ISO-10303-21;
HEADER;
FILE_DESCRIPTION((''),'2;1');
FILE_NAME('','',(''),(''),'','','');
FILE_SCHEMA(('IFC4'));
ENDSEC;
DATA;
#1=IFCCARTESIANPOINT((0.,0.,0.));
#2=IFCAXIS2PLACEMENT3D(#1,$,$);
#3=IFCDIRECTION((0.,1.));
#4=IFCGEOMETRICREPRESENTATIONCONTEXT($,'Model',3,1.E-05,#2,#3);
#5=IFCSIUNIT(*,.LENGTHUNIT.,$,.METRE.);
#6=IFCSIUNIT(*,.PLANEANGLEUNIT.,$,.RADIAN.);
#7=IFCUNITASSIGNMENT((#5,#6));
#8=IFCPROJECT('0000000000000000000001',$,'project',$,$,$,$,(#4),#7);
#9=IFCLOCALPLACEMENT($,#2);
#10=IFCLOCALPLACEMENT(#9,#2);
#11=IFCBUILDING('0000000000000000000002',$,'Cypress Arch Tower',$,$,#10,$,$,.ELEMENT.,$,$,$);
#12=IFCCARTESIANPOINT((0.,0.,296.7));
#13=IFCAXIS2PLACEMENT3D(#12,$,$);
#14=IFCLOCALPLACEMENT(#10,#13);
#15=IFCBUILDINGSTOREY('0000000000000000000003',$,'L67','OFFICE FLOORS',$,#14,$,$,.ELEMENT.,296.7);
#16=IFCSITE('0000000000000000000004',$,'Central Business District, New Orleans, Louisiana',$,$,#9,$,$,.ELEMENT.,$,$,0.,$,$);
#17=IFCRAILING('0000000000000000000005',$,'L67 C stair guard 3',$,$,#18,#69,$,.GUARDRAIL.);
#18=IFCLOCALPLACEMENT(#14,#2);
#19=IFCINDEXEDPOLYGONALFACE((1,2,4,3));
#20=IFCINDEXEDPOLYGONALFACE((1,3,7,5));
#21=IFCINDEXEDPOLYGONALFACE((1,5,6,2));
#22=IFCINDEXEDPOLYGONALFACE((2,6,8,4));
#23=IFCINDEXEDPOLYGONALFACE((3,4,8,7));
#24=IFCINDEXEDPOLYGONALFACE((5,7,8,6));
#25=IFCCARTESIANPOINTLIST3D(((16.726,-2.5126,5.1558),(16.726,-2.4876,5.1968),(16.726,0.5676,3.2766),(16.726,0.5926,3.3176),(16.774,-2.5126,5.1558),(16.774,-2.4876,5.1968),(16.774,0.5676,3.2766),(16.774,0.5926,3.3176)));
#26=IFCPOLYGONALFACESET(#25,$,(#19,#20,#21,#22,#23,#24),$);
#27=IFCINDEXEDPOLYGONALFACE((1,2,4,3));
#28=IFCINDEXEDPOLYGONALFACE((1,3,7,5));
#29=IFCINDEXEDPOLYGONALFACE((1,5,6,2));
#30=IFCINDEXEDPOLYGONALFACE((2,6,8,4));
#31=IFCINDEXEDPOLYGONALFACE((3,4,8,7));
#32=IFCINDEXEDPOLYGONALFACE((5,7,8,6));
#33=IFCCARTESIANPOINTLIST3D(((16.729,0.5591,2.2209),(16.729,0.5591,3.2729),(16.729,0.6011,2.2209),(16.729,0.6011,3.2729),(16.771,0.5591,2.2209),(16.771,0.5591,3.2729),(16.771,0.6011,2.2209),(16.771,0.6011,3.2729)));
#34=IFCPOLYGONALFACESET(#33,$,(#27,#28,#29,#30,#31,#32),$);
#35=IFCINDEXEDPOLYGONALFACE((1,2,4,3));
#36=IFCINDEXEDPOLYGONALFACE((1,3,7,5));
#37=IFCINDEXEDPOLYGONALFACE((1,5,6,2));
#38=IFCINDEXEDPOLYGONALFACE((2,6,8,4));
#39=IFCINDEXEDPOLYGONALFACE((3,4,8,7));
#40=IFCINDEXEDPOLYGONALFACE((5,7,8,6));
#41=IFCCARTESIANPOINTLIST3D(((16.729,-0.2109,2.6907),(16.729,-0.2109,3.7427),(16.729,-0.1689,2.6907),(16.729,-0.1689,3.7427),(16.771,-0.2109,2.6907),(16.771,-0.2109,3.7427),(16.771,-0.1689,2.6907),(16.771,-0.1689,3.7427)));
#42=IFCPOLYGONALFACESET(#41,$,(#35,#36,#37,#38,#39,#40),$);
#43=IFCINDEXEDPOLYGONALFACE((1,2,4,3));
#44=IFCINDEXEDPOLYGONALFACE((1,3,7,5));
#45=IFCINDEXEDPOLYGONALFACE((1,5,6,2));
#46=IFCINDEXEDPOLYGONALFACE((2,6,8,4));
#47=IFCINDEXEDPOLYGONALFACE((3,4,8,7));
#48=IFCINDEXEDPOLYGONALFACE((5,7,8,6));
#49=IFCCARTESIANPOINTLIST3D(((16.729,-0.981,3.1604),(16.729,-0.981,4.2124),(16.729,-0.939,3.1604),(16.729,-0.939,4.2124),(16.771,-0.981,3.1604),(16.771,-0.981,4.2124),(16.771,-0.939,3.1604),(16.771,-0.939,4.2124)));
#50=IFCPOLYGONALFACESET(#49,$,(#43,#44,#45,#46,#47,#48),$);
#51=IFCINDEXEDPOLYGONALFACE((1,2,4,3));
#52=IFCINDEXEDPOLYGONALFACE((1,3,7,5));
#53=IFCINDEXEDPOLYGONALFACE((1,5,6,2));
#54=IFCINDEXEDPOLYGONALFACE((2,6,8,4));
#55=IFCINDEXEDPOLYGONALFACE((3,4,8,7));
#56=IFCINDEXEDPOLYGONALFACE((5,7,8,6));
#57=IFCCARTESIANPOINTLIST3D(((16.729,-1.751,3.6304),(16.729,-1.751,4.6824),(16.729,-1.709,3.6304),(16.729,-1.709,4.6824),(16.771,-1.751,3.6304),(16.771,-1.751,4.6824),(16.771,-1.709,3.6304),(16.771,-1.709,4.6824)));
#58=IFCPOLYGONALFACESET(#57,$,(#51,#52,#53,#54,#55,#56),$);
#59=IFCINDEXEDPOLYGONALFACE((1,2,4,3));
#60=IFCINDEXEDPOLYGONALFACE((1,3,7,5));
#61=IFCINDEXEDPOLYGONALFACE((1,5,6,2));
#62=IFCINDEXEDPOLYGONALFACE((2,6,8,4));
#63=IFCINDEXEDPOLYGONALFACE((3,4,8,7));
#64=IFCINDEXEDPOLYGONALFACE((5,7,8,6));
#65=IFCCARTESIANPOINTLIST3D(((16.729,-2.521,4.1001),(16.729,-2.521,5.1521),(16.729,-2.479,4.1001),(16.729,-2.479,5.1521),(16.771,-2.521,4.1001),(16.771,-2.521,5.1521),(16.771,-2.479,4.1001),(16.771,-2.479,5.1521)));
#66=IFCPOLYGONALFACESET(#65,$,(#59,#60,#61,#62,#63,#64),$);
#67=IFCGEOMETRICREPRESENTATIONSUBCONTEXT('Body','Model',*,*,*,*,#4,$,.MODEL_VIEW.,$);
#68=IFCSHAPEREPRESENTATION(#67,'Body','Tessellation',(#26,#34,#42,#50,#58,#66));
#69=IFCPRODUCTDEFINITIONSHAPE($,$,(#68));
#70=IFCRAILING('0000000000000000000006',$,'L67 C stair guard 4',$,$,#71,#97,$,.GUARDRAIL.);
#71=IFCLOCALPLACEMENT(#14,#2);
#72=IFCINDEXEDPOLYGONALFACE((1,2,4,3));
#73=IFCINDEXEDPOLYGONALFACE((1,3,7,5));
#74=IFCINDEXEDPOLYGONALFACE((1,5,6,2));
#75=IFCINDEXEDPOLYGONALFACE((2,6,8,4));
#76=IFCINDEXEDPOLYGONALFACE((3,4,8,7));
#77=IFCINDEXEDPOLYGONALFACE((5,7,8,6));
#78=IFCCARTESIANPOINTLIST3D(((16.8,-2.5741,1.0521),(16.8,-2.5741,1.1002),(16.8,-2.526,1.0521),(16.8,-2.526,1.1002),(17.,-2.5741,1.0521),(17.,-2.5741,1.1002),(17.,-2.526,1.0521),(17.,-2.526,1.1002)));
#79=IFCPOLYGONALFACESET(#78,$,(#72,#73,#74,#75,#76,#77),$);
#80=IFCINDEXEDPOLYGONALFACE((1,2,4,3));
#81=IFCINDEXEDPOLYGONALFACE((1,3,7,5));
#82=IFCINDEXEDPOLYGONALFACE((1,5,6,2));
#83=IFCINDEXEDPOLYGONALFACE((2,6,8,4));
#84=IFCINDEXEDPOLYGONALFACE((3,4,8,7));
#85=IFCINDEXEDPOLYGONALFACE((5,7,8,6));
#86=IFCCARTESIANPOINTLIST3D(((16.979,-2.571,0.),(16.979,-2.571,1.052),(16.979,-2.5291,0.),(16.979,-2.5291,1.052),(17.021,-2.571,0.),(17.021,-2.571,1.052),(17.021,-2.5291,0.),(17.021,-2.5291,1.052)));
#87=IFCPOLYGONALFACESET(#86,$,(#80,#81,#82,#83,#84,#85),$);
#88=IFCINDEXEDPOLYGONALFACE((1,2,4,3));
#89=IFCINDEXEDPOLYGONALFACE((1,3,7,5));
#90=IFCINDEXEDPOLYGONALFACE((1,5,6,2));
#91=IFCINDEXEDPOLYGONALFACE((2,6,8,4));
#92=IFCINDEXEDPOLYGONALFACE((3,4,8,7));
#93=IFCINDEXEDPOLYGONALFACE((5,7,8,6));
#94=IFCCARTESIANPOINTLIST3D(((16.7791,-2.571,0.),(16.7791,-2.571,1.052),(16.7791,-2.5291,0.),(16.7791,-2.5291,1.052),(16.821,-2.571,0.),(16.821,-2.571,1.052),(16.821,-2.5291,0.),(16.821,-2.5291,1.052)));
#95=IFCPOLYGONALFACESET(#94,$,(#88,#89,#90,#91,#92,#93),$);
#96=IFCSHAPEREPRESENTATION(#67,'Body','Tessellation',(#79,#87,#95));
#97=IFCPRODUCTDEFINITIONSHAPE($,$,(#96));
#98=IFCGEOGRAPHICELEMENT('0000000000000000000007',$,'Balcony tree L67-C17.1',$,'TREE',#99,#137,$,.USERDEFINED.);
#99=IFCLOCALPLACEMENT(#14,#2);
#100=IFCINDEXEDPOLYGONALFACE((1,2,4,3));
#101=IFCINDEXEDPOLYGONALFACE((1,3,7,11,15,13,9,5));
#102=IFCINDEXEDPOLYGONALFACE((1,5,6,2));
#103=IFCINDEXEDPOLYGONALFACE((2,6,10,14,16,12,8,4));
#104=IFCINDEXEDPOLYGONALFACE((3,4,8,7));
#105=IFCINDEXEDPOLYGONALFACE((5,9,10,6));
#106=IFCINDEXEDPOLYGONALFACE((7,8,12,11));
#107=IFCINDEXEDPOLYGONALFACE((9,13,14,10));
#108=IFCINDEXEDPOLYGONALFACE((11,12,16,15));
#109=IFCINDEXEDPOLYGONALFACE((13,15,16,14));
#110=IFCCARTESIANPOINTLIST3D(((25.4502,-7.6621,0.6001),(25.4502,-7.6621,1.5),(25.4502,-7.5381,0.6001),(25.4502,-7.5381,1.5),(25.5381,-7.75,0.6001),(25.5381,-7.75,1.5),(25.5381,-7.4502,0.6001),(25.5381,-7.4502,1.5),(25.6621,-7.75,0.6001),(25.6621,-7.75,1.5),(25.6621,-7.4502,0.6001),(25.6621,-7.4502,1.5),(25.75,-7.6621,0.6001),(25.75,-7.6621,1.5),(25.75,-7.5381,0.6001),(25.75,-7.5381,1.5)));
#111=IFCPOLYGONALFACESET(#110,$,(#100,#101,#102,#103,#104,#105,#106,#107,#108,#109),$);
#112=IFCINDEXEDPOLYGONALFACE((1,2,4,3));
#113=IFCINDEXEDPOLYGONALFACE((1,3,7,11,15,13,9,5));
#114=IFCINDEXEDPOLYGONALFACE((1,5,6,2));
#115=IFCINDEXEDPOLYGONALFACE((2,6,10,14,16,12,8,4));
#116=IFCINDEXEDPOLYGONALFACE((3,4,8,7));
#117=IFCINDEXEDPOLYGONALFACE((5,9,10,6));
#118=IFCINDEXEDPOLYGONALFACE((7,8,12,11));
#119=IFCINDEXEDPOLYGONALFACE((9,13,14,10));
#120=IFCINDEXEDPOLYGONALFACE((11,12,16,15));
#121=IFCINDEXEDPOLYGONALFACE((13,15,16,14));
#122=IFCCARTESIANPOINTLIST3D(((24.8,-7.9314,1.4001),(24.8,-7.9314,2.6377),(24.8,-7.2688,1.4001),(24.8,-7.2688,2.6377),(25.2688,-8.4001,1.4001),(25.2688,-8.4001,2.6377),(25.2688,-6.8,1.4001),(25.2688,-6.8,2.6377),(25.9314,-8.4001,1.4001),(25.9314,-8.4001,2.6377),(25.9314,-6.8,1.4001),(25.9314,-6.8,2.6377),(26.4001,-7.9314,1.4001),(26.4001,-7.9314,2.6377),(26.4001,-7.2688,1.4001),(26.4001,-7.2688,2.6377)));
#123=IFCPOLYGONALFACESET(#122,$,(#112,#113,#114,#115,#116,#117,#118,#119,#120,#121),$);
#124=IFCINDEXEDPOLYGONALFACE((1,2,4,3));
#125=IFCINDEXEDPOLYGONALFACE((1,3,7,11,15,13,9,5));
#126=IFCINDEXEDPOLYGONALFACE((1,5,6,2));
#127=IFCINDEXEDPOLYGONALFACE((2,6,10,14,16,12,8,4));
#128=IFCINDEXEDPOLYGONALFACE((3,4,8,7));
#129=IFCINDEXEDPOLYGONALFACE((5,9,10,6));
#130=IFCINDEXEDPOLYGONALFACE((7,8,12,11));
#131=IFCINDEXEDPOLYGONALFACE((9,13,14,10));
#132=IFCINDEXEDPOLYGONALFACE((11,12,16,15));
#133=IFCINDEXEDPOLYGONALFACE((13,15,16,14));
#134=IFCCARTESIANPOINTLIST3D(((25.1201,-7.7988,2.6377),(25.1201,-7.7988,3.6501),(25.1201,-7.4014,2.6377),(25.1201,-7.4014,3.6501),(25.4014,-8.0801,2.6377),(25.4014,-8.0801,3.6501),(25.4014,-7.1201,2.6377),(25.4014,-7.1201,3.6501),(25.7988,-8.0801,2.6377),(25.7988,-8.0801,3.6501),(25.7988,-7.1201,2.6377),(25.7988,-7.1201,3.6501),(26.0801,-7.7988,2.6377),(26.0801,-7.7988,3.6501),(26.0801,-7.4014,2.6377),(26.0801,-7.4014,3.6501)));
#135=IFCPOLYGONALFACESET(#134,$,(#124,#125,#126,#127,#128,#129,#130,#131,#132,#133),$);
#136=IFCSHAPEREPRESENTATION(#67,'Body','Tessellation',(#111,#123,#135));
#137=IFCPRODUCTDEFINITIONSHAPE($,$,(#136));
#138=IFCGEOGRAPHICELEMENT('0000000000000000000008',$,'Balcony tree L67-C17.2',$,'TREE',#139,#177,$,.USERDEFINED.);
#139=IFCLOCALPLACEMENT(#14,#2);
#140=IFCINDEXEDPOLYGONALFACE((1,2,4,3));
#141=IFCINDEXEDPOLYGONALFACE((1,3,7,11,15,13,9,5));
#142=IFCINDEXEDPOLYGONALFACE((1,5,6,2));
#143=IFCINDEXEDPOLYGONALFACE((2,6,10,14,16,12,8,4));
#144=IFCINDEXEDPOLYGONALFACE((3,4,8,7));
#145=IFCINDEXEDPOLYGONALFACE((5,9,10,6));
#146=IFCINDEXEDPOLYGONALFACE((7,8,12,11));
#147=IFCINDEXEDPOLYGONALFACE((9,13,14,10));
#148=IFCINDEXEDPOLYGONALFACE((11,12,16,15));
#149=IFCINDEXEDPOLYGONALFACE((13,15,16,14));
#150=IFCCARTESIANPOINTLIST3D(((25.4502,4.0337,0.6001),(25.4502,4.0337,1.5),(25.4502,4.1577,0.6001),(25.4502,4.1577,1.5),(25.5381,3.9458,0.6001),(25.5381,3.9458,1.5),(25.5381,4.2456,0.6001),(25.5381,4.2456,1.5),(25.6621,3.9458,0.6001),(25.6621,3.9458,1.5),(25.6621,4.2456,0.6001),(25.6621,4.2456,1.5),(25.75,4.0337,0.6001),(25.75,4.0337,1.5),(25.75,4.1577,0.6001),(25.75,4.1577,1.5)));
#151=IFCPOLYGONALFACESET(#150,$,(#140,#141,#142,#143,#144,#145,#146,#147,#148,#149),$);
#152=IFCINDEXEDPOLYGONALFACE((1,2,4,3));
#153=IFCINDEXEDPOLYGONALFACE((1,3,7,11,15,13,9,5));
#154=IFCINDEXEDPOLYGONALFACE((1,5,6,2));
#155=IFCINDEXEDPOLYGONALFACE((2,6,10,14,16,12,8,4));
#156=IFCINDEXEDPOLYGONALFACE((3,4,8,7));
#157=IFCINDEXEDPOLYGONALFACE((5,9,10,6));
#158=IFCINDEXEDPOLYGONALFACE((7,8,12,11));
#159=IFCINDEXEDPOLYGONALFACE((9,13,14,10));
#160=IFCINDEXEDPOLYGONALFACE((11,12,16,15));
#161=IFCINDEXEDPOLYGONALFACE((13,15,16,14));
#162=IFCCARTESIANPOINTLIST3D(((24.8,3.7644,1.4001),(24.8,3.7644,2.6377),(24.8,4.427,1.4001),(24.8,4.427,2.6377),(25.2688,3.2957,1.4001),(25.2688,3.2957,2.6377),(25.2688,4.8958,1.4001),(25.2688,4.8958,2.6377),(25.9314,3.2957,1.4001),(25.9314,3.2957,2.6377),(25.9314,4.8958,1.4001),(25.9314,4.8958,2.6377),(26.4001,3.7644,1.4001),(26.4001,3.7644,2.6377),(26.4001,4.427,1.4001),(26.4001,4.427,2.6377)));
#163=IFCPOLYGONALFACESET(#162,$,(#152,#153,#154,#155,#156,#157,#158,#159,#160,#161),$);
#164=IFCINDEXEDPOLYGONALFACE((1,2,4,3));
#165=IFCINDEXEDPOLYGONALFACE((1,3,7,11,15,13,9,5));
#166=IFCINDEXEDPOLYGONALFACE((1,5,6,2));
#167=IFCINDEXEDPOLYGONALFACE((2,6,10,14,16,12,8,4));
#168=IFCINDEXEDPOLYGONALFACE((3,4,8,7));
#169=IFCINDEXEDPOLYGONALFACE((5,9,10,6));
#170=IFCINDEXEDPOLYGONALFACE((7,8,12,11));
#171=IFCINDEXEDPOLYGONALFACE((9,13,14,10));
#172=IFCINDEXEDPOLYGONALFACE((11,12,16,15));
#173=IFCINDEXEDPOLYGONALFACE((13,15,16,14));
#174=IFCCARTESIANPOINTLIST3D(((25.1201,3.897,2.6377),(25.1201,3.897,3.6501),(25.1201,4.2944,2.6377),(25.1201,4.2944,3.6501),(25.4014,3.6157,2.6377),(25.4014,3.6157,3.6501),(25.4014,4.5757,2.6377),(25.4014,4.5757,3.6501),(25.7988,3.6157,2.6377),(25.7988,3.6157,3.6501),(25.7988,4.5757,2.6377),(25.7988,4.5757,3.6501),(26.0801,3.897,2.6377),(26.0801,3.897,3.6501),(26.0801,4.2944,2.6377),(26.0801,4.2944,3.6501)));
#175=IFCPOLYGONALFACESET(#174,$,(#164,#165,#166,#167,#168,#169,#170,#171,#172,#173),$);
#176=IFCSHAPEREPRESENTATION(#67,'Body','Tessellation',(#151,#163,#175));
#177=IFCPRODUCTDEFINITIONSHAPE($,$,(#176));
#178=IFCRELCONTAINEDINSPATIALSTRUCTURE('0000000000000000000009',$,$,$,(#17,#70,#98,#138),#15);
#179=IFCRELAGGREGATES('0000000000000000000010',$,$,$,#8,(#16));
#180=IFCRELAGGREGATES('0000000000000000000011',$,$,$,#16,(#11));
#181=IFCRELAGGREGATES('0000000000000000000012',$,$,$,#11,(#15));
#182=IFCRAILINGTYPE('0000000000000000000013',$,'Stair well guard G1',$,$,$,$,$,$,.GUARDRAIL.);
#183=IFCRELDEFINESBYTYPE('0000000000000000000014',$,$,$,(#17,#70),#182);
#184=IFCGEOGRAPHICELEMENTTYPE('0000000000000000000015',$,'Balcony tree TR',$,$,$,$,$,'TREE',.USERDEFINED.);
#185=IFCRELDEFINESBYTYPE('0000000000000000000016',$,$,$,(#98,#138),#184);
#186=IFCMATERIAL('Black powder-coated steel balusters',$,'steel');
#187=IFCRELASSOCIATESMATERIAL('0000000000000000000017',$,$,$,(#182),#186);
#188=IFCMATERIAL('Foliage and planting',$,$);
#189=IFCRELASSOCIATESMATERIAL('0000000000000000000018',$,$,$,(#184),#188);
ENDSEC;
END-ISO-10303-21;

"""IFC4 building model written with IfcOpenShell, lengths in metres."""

from ifc_helpers import new_model, si_unit, direction, frame, origin, origin_2d, place, context, subcontext, project, spatial, polyline, rectangle, outline, extrude, material, type_object, element, save


model = new_model("IFC4")

# Units and contexts
model_context = context("Model", 3, precision=1e-05, world=origin(), true_north=direction((0.0, 1.0)))
body_context = subcontext(model_context, "Body", "Model", "MODEL_VIEW")
ifc_project = project(units=[si_unit("LENGTHUNIT", "METRE"), si_unit("PLANEANGLEUNIT", "RADIAN")], contexts=[model_context])

# Site, building, storey
site_placement = place(None, origin())
site = spatial("IfcSite", under=ifc_project, at=site_placement, Name="Central Business District, New Orleans, Louisiana", CompositionType="ELEMENT", RefElevation=0.0)
building_placement = place(site_placement, origin())
building = spatial("IfcBuilding", under=site, at=building_placement, Name="Cypress Arch Tower", CompositionType="ELEMENT")
storey_placement = place(building_placement, frame((0.0, 0.0, 296.7)))
storey = spatial("IfcBuildingStorey", under=building, at=storey_placement, Name="L67", Description="OFFICE FLOORS", CompositionType="ELEMENT", Elevation=296.7)

# Railings
ifc_material_1 = material(Name="Black powder-coated steel balusters", Category="steel")
railing_type_1 = type_object("IfcRailingType", Name="Stair well guard G1", PredefinedType="GUARDRAIL", material=ifc_material_1)
railing_1_placement = place(storey_placement, frame((16.75, 0.5801, 2.2209)))
element("IfcRailing", 1, at=railing_1_placement, inside=storey, type_object=railing_type_1, Name="L67 C stair guard 3", PredefinedType="GUARDRAIL", context=body_context, shape_type="SweptSolid", body=[
    extrude(rectangle(XDim=0.0481, YDim=0.0481, at=origin_2d()), frame((0.0, 0.0, 1.0762), z_axis=(0.0, -0.853666, 0.52082), x_axis=(1.0, 0.0, 0.0)), (0.0, 0.0, 1.0), 3.6082),
    extrude(rectangle(XDim=0.042, YDim=0.042, at=origin_2d()), origin(), (0.0, 0.0, 1.0), 1.052),
    extrude(rectangle(XDim=0.042, YDim=0.042, at=origin_2d()), frame((0.0, -0.77, 0.4697)), (0.0, 0.0, 1.0), 1.052),
    extrude(rectangle(XDim=0.042, YDim=0.042, at=origin_2d()), frame((0.0, -1.54, 0.9395)), (0.0, 0.0, 1.0), 1.052),
    extrude(rectangle(XDim=0.042, YDim=0.042, at=origin_2d()), frame((0.0, -2.3101, 1.4094)), (0.0, 0.0, 1.0), 1.052),
    extrude(rectangle(XDim=0.042, YDim=0.042, at=origin_2d()), frame((0.0, -3.0801, 1.8792)), (0.0, 0.0, 1.0), 1.052),
])
railing_2_placement = place(storey_placement, frame((17.0, -2.55, 0.0)))
element("IfcRailing", 2, at=railing_2_placement, inside=storey, type_object=railing_type_1, Name="L67 C stair guard 4", PredefinedType="GUARDRAIL", context=body_context, shape_type="SweptSolid", body=[
    extrude(rectangle(XDim=0.0481, YDim=0.0481, at=origin_2d()), frame((0.0, 0.0, 1.0762), z_axis=(-1.0, 0.0, 0.0), x_axis=(0.0, -1.0, 0.0)), (0.0, 0.0, 1.0), 0.2),
    extrude(rectangle(XDim=0.042, YDim=0.042, at=origin_2d()), origin(), (0.0, 0.0, 1.0), 1.052),
    extrude(rectangle(XDim=0.042, YDim=0.042, at=origin_2d()), frame((-0.2, 0.0, 0.0)), (0.0, 0.0, 1.0), 1.052),
])

# Geographic elements
ifc_material_2 = material(Name="Foliage and planting")
geographic_element_type = type_object("IfcGeographicElementType", Name="Balcony tree TR", ElementType="TREE", PredefinedType="USERDEFINED", material=ifc_material_2)
for number, where, z_axis, x_axis, name in (
    (3, (25.6001, -7.6001, 0.6001), (0.0, 0.0, 1.0), (1.0, 0.0, 0.0), "Balcony tree L67-C17.1"),
    (4, (25.6001, 4.0957, 0.6001), (0.0, 0.0, 1.0), (1.0, 0.0, 0.0), "Balcony tree L67-C17.2"),
):
    element("IfcGeographicElement", number, at=place(storey_placement, frame(where, z_axis=z_axis, x_axis=x_axis)), inside=storey, type_object=geographic_element_type, Name=name, ObjectType="TREE", PredefinedType="USERDEFINED", context=body_context, shape_type="SweptSolid", body=[
        extrude(outline(polyline([(0.1499, 0.062), (0.062, 0.1499), (-0.062, 0.1499), (-0.1499, 0.062), (-0.1499, -0.062), (-0.062, -0.1499), (0.062, -0.1499), (0.1499, -0.062), (0.1499, 0.062)])), origin(), (0.0, 0.0, 1.0), 0.8999),
        extrude(outline(polyline([(0.8, 0.3313), (0.3313, 0.8), (-0.3313, 0.8), (-0.8, 0.3313), (-0.8, -0.3313), (-0.3313, -0.8), (0.3313, -0.8), (0.8, -0.3313), (0.8, 0.3313)])), frame((0.0, 0.0, 0.8)), (0.0, 0.0, 1.0), 1.2375),
        extrude(outline(polyline([(0.48, 0.1987), (0.1987, 0.48), (-0.1987, 0.48), (-0.48, 0.1987), (-0.48, -0.1987), (-0.1987, -0.48), (0.1987, -0.48), (0.48, -0.1987), (0.48, 0.1987)])), frame((0.0, 0.0, 2.0376)), (0.0, 0.0, 1.0), 1.0125),
    ])

save(model, "model.ifc")
